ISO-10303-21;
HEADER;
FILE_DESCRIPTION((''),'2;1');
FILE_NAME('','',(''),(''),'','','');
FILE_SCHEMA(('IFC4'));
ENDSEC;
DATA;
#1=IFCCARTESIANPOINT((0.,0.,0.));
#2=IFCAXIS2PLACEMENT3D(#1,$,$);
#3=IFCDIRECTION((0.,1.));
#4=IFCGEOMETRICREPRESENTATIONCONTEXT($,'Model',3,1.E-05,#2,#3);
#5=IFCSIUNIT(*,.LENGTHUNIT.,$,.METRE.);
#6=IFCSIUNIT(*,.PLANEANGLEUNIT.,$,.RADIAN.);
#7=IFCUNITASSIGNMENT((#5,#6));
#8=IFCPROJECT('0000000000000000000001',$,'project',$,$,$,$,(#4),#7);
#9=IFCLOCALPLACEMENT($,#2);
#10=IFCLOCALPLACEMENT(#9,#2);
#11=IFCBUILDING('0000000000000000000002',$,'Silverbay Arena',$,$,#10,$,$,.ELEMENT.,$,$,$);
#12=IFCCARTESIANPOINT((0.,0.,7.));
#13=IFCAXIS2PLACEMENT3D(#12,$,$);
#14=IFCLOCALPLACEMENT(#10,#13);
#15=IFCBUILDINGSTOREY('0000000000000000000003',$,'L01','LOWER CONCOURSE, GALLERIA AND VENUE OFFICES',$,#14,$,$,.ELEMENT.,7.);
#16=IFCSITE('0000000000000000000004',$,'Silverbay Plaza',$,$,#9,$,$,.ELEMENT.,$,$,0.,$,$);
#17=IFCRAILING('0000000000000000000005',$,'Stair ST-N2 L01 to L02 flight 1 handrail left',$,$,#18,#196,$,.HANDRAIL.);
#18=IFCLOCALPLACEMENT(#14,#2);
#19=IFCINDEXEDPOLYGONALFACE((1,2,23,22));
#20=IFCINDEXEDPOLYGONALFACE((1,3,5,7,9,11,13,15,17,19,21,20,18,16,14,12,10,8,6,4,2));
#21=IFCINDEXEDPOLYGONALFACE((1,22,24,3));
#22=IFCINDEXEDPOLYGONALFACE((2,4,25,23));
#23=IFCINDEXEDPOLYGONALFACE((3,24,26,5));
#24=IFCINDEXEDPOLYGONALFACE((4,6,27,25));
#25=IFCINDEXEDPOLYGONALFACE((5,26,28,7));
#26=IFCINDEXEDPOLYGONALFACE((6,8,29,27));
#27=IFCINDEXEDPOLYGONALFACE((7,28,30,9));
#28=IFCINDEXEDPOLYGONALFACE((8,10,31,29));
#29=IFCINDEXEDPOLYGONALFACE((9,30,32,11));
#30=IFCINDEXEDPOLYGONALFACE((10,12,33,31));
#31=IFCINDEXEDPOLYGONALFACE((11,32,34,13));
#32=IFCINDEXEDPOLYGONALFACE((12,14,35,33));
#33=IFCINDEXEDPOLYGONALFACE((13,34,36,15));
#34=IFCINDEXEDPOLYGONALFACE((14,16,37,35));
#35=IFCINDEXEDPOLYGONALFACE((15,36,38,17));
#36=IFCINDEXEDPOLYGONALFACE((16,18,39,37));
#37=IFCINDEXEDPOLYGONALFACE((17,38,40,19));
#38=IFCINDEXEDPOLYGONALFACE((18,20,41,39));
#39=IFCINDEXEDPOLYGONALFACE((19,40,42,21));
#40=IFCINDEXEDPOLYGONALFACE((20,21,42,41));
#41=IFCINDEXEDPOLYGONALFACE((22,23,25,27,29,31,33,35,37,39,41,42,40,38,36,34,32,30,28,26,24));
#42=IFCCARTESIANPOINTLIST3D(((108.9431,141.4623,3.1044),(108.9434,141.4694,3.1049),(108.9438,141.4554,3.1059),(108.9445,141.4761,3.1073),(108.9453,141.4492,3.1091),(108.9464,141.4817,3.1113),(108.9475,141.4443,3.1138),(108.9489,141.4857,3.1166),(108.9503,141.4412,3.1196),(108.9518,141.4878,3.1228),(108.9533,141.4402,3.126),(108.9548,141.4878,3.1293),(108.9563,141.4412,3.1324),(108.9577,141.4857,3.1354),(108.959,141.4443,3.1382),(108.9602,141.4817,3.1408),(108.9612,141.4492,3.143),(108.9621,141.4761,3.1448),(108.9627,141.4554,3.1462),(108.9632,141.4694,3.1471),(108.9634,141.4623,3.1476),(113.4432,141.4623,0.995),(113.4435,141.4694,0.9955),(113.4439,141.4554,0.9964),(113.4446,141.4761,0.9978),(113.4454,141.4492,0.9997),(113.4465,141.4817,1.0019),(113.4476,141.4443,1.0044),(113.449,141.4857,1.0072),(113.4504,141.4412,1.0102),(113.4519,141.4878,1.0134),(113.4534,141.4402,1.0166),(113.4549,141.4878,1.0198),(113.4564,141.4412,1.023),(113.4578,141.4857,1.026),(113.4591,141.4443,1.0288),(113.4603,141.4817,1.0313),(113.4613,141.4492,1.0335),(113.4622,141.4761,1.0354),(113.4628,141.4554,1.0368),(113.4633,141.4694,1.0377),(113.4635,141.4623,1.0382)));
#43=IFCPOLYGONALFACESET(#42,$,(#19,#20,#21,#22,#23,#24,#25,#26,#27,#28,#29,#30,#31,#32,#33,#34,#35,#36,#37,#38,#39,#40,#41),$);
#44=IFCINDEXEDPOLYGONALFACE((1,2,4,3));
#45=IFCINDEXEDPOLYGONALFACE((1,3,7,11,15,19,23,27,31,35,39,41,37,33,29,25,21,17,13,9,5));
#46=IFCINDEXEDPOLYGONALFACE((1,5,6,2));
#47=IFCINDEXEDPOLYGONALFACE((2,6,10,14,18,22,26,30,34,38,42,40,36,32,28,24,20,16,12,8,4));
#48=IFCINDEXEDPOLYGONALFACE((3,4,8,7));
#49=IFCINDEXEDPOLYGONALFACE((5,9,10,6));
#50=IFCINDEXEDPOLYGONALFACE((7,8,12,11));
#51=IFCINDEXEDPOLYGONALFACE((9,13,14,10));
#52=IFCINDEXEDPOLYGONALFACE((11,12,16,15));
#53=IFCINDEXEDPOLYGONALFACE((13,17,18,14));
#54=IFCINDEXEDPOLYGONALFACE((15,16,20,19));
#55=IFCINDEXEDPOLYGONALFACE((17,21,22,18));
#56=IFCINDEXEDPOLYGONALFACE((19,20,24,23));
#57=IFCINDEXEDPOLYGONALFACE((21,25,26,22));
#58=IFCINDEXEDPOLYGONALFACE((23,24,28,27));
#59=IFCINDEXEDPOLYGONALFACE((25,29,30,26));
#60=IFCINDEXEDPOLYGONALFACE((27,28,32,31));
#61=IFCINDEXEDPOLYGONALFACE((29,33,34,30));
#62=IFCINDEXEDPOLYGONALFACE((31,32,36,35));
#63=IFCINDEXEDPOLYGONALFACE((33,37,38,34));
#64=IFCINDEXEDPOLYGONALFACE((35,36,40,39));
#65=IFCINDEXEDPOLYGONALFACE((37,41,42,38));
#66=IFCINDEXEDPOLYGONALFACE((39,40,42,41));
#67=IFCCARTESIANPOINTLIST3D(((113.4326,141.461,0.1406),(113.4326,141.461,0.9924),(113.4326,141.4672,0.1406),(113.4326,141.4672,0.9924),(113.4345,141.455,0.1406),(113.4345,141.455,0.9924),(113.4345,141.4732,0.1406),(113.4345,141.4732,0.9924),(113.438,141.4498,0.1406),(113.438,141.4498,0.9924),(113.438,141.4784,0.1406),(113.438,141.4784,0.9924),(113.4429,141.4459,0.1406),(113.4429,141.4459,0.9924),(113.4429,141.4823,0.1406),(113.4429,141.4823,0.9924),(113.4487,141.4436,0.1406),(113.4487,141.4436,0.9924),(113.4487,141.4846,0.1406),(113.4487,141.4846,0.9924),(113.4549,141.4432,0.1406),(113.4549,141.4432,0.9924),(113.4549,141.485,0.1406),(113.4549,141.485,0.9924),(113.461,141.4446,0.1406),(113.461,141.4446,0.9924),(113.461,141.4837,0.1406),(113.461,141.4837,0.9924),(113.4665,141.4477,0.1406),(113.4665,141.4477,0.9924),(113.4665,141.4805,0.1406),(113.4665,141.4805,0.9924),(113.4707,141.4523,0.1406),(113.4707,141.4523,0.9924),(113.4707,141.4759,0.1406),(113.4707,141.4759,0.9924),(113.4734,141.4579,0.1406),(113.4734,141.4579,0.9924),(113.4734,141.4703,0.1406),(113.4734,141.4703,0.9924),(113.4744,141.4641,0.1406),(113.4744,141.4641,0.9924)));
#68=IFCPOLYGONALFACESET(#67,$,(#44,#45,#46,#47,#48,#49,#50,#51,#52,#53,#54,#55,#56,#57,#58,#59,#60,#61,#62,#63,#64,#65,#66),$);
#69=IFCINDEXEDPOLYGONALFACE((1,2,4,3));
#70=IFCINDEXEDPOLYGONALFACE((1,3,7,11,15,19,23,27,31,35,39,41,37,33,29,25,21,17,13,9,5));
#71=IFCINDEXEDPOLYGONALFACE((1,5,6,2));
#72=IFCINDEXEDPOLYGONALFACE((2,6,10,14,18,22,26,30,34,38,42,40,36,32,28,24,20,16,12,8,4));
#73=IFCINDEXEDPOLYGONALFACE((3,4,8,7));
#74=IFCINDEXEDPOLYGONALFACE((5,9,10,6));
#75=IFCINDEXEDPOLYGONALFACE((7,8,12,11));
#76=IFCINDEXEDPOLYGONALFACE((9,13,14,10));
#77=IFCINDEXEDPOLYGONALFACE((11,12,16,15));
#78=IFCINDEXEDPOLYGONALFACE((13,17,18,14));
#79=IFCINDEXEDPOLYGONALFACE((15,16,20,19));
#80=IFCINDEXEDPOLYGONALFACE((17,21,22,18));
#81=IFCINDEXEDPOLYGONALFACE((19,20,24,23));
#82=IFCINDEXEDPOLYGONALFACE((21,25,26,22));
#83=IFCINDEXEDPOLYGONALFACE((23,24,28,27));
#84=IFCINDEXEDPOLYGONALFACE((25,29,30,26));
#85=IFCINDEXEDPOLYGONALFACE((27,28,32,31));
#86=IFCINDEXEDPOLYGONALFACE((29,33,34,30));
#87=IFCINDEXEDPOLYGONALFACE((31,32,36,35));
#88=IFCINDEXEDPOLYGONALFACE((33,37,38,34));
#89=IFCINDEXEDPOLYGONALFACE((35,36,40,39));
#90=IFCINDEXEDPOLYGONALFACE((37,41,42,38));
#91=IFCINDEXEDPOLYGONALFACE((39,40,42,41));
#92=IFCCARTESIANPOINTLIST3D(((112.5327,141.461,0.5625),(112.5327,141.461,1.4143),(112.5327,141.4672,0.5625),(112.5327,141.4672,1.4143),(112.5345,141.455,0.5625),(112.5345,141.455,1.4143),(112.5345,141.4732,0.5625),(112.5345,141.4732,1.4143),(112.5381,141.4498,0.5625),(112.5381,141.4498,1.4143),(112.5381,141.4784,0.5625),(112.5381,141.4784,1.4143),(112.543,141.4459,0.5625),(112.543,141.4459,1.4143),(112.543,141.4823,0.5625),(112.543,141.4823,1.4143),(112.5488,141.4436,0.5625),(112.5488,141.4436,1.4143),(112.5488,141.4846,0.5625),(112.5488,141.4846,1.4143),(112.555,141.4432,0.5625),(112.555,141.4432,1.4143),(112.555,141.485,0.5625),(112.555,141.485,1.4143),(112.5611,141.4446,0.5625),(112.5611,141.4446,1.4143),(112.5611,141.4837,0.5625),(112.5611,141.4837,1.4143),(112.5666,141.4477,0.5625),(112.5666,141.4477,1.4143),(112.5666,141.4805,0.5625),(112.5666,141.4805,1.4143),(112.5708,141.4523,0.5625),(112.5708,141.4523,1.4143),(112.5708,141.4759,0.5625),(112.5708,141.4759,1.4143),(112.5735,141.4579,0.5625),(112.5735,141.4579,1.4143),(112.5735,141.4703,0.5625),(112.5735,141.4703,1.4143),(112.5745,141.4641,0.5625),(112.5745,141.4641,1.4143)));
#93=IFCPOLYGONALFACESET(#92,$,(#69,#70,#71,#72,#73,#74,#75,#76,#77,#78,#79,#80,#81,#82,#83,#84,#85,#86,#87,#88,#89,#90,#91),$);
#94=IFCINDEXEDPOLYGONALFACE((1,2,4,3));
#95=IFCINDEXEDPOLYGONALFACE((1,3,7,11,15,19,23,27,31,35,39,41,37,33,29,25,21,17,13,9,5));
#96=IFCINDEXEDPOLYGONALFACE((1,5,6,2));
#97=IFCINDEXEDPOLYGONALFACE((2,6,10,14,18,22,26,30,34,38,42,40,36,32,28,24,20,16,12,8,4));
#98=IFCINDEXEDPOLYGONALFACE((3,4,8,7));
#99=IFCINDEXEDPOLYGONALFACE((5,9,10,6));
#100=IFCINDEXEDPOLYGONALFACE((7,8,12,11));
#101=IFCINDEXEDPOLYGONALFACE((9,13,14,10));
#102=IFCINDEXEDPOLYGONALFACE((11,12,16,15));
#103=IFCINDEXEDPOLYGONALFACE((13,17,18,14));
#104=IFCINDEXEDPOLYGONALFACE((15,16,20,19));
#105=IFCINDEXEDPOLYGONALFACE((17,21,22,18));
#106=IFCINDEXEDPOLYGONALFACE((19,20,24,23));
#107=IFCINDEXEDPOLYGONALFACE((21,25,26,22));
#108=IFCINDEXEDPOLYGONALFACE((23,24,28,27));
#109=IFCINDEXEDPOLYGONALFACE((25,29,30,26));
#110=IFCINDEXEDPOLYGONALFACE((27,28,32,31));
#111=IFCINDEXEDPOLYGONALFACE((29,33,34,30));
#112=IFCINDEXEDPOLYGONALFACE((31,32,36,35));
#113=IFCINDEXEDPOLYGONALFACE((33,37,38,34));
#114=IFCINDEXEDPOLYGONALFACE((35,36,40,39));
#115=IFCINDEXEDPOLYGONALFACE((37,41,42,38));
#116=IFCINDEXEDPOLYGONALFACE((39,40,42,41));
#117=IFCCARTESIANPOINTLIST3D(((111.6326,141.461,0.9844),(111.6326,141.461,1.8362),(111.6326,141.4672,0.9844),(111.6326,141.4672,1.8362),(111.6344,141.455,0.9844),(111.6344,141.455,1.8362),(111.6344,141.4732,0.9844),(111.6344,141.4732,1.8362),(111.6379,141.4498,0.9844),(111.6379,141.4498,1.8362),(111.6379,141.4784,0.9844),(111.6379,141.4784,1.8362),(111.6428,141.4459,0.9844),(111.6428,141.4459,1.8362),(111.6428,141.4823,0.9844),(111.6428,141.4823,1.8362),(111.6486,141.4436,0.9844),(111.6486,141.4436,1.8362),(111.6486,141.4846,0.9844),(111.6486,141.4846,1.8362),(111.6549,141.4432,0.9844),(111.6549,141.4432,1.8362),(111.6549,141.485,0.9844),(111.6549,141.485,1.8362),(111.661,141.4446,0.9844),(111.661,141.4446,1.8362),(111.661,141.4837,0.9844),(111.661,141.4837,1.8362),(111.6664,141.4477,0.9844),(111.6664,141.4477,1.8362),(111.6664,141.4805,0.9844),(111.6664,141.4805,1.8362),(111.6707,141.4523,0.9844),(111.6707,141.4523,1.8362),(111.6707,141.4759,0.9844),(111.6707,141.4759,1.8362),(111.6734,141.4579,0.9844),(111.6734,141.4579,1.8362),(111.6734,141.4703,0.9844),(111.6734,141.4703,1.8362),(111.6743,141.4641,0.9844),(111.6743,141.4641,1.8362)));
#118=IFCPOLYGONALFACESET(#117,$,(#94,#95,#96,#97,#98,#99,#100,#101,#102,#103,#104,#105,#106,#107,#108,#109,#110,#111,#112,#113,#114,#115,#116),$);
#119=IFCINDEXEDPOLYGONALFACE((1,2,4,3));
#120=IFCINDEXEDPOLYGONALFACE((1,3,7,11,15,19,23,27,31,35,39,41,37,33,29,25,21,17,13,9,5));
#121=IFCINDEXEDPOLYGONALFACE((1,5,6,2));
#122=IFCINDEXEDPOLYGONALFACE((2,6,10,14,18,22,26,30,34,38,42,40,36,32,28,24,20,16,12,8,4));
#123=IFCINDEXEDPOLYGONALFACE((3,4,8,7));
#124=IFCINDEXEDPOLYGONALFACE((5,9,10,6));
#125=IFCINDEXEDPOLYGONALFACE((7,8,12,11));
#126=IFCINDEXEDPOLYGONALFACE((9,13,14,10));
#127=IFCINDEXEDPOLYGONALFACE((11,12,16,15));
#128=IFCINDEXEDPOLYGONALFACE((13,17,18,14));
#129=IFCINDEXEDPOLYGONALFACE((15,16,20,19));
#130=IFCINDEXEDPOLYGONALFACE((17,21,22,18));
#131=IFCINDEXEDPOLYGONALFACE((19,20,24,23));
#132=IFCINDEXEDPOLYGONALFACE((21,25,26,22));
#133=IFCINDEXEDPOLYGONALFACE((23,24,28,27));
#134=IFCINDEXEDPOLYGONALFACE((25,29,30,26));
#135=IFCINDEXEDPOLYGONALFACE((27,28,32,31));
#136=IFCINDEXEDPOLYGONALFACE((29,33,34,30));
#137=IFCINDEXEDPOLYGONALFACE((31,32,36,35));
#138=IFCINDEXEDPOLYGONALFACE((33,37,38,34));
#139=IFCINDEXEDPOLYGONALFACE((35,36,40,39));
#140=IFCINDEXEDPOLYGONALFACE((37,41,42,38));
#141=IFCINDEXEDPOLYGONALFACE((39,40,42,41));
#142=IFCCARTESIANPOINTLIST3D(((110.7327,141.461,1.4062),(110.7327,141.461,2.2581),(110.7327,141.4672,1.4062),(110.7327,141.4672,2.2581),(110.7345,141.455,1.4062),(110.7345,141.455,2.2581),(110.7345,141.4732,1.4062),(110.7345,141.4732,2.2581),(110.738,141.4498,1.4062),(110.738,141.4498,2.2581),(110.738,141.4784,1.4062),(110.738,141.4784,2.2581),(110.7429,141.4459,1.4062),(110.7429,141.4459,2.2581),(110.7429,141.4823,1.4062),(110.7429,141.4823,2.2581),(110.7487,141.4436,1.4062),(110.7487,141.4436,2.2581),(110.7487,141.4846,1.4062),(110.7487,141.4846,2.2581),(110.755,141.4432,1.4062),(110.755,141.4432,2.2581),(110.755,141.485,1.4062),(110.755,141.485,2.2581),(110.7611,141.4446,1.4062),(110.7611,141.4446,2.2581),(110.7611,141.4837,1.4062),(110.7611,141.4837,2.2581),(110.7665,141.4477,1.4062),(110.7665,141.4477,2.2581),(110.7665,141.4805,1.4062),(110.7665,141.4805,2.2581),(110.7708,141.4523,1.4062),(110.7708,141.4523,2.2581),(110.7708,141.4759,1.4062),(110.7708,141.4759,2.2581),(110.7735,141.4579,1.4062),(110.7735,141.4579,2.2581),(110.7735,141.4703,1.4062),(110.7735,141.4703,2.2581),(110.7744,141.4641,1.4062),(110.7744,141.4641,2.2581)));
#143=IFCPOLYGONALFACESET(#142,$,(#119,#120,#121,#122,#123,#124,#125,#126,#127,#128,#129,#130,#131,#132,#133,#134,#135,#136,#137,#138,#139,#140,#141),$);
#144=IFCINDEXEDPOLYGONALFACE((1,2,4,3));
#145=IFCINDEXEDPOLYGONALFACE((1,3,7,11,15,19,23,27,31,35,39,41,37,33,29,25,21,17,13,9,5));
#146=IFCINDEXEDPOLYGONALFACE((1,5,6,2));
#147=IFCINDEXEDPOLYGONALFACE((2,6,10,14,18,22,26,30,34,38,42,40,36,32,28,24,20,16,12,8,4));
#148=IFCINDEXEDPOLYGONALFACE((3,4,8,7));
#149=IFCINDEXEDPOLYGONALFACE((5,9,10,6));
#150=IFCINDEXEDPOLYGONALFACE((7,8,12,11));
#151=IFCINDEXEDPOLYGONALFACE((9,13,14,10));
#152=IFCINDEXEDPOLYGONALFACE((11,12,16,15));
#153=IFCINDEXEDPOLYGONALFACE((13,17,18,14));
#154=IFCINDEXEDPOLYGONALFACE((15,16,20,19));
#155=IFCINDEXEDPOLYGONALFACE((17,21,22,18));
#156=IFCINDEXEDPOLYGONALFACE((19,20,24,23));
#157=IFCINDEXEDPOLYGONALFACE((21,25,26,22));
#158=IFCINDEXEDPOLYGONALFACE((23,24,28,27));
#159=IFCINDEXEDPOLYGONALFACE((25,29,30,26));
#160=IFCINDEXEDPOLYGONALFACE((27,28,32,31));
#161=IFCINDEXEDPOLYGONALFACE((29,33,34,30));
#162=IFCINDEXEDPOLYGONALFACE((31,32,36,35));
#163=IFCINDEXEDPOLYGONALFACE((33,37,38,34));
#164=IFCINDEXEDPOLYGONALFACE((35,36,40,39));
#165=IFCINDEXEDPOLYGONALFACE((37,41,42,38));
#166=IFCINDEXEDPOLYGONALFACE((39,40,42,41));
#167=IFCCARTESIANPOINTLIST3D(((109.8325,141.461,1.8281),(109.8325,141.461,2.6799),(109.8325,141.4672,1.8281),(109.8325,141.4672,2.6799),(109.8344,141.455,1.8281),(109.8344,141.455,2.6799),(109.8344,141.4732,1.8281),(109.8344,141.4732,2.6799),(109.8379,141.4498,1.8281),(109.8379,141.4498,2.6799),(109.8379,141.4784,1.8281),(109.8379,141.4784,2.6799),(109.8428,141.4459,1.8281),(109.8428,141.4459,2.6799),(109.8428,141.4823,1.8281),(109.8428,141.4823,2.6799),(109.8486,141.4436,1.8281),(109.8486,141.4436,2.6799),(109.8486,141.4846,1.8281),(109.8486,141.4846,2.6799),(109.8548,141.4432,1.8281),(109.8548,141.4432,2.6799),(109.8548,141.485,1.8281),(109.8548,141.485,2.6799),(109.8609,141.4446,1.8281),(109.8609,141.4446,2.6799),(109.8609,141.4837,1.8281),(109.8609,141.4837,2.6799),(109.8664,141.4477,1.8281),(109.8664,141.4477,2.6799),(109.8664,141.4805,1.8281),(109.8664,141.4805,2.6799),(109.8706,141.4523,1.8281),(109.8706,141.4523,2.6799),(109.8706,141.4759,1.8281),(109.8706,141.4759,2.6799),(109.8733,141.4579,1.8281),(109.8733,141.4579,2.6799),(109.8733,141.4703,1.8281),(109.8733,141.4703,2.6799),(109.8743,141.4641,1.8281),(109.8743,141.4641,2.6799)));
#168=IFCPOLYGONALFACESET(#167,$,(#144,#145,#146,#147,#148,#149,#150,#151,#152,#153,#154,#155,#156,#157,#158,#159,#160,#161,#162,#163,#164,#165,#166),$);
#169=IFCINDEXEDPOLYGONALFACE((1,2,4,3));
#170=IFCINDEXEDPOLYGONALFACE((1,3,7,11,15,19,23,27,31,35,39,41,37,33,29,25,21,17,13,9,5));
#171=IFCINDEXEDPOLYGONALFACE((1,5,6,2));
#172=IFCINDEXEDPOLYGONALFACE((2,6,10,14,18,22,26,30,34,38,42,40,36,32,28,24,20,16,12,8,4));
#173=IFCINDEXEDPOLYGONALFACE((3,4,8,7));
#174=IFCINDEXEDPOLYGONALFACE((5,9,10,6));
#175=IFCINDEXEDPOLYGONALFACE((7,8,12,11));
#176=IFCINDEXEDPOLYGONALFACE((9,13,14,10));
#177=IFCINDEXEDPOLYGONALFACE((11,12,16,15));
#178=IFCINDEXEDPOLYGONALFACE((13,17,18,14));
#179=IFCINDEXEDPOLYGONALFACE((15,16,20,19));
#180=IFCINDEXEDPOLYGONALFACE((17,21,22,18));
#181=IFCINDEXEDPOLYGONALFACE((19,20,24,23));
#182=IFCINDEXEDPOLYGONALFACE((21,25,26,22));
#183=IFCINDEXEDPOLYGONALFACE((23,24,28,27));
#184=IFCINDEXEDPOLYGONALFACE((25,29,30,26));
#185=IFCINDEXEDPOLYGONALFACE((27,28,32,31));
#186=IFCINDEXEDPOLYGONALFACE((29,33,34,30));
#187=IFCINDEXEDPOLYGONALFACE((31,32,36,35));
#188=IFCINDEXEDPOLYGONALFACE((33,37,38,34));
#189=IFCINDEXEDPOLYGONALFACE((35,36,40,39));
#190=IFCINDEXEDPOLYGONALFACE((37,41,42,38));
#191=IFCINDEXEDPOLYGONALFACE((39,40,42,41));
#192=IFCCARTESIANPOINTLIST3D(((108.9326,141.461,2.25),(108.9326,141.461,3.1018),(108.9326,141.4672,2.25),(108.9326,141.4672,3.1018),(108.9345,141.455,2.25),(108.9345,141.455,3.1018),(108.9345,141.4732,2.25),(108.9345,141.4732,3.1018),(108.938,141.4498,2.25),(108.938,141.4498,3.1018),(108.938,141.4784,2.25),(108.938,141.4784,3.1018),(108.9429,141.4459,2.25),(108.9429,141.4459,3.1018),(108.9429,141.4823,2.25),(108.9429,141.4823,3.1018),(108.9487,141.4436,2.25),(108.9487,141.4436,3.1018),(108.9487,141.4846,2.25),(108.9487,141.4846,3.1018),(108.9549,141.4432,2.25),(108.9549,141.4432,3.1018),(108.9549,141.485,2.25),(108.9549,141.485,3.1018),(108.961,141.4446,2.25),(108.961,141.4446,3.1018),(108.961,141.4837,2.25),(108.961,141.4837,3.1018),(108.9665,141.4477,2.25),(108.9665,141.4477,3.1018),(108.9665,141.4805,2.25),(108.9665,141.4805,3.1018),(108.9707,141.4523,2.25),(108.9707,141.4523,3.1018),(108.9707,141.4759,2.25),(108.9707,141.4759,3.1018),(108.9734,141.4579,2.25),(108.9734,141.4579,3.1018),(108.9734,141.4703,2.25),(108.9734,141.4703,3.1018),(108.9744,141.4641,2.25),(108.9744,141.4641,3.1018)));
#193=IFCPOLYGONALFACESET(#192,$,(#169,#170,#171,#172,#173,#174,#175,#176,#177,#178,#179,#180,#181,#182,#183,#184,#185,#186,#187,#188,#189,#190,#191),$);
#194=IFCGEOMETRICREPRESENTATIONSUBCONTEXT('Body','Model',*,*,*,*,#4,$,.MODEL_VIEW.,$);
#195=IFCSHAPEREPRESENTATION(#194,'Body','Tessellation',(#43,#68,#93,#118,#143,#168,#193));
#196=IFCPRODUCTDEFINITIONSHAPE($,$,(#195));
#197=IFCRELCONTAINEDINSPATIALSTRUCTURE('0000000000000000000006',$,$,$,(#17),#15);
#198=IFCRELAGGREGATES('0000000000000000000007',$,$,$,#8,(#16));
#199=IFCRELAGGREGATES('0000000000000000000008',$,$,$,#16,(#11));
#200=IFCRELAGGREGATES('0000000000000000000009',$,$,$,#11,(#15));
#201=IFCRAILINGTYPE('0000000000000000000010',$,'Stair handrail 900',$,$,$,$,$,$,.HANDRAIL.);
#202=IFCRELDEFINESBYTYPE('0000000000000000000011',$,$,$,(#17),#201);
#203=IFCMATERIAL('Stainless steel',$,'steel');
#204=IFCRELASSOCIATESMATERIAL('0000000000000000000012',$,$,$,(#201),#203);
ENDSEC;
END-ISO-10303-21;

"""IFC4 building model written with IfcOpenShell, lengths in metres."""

from ifc_helpers import new_model, si_unit, direction, frame, origin, origin_2d, place, context, subcontext, project, spatial, circle, extrude, material, type_object, element, save


model = new_model("IFC4")

# Units and contexts
model_context = context("Model", 3, precision=1e-05, world=origin(), true_north=direction((0.0, 1.0)))
body_context = subcontext(model_context, "Body", "Model", "MODEL_VIEW")
ifc_project = project(units=[si_unit("LENGTHUNIT", "METRE"), si_unit("PLANEANGLEUNIT", "RADIAN")], contexts=[model_context])

# Site, building, storey
site_placement = place(None, origin())
site = spatial("IfcSite", under=ifc_project, at=site_placement, Name="Silverbay Plaza", CompositionType="ELEMENT", RefElevation=0.0)
building_placement = place(site_placement, origin())
building = spatial("IfcBuilding", under=site, at=building_placement, Name="Silverbay Arena", CompositionType="ELEMENT")
storey_placement = place(building_placement, frame((0.0, 0.0, 7.0)))
storey = spatial("IfcBuildingStorey", under=building, at=storey_placement, Name="L01", Description="LOWER CONCOURSE, GALLERIA AND VENUE OFFICES", CompositionType="ELEMENT", Elevation=7.0)

# Railing
ifc_material_1 = material(Name="Stainless steel", Category="steel")
railing_type_1 = type_object("IfcRailingType", Name="Stair handrail 900", PredefinedType="HANDRAIL", material=ifc_material_1)
for number, where, name in (
    (1, (113.4534, 141.4641, 0.1406), "Stair ST-N2 L01 to L02 flight 1 handrail left"),
):
    element("IfcRailing", number, at=place(storey_placement, frame(where)), inside=storey, type_object=railing_type_1, Name=name, PredefinedType="HANDRAIL", context=body_context, shape_type="SweptSolid", body=[
        extrude(circle(Radius=0.0239, at=origin_2d()), frame((0.0, 0.0, 0.876), z_axis=(-0.905459, 0.0, 0.424434), x_axis=(0.0, -1.0, 0.0)), (0.0, 0.0, 1.0), 4.97),
        extrude(circle(Radius=0.021, at=origin_2d()), origin(), (0.0, 0.0, 1.0), 0.8518),
        extrude(circle(Radius=0.021, at=origin_2d()), frame((-0.8999, 0.0, 0.4219)), (0.0, 0.0, 1.0), 0.8518),
        extrude(circle(Radius=0.021, at=origin_2d()), frame((-1.8, 0.0, 0.8438)), (0.0, 0.0, 1.0), 0.8518),
        extrude(circle(Radius=0.021, at=origin_2d()), frame((-2.7, 0.0, 1.2656)), (0.0, 0.0, 1.0), 0.8518),
        extrude(circle(Radius=0.021, at=origin_2d()), frame((-3.6001, 0.0, 1.6875)), (0.0, 0.0, 1.0), 0.8518),
        extrude(circle(Radius=0.021, at=origin_2d()), frame((-4.5, 0.0, 2.1094)), (0.0, 0.0, 1.0), 0.8518),
    ])

save(model, "model.ifc")
